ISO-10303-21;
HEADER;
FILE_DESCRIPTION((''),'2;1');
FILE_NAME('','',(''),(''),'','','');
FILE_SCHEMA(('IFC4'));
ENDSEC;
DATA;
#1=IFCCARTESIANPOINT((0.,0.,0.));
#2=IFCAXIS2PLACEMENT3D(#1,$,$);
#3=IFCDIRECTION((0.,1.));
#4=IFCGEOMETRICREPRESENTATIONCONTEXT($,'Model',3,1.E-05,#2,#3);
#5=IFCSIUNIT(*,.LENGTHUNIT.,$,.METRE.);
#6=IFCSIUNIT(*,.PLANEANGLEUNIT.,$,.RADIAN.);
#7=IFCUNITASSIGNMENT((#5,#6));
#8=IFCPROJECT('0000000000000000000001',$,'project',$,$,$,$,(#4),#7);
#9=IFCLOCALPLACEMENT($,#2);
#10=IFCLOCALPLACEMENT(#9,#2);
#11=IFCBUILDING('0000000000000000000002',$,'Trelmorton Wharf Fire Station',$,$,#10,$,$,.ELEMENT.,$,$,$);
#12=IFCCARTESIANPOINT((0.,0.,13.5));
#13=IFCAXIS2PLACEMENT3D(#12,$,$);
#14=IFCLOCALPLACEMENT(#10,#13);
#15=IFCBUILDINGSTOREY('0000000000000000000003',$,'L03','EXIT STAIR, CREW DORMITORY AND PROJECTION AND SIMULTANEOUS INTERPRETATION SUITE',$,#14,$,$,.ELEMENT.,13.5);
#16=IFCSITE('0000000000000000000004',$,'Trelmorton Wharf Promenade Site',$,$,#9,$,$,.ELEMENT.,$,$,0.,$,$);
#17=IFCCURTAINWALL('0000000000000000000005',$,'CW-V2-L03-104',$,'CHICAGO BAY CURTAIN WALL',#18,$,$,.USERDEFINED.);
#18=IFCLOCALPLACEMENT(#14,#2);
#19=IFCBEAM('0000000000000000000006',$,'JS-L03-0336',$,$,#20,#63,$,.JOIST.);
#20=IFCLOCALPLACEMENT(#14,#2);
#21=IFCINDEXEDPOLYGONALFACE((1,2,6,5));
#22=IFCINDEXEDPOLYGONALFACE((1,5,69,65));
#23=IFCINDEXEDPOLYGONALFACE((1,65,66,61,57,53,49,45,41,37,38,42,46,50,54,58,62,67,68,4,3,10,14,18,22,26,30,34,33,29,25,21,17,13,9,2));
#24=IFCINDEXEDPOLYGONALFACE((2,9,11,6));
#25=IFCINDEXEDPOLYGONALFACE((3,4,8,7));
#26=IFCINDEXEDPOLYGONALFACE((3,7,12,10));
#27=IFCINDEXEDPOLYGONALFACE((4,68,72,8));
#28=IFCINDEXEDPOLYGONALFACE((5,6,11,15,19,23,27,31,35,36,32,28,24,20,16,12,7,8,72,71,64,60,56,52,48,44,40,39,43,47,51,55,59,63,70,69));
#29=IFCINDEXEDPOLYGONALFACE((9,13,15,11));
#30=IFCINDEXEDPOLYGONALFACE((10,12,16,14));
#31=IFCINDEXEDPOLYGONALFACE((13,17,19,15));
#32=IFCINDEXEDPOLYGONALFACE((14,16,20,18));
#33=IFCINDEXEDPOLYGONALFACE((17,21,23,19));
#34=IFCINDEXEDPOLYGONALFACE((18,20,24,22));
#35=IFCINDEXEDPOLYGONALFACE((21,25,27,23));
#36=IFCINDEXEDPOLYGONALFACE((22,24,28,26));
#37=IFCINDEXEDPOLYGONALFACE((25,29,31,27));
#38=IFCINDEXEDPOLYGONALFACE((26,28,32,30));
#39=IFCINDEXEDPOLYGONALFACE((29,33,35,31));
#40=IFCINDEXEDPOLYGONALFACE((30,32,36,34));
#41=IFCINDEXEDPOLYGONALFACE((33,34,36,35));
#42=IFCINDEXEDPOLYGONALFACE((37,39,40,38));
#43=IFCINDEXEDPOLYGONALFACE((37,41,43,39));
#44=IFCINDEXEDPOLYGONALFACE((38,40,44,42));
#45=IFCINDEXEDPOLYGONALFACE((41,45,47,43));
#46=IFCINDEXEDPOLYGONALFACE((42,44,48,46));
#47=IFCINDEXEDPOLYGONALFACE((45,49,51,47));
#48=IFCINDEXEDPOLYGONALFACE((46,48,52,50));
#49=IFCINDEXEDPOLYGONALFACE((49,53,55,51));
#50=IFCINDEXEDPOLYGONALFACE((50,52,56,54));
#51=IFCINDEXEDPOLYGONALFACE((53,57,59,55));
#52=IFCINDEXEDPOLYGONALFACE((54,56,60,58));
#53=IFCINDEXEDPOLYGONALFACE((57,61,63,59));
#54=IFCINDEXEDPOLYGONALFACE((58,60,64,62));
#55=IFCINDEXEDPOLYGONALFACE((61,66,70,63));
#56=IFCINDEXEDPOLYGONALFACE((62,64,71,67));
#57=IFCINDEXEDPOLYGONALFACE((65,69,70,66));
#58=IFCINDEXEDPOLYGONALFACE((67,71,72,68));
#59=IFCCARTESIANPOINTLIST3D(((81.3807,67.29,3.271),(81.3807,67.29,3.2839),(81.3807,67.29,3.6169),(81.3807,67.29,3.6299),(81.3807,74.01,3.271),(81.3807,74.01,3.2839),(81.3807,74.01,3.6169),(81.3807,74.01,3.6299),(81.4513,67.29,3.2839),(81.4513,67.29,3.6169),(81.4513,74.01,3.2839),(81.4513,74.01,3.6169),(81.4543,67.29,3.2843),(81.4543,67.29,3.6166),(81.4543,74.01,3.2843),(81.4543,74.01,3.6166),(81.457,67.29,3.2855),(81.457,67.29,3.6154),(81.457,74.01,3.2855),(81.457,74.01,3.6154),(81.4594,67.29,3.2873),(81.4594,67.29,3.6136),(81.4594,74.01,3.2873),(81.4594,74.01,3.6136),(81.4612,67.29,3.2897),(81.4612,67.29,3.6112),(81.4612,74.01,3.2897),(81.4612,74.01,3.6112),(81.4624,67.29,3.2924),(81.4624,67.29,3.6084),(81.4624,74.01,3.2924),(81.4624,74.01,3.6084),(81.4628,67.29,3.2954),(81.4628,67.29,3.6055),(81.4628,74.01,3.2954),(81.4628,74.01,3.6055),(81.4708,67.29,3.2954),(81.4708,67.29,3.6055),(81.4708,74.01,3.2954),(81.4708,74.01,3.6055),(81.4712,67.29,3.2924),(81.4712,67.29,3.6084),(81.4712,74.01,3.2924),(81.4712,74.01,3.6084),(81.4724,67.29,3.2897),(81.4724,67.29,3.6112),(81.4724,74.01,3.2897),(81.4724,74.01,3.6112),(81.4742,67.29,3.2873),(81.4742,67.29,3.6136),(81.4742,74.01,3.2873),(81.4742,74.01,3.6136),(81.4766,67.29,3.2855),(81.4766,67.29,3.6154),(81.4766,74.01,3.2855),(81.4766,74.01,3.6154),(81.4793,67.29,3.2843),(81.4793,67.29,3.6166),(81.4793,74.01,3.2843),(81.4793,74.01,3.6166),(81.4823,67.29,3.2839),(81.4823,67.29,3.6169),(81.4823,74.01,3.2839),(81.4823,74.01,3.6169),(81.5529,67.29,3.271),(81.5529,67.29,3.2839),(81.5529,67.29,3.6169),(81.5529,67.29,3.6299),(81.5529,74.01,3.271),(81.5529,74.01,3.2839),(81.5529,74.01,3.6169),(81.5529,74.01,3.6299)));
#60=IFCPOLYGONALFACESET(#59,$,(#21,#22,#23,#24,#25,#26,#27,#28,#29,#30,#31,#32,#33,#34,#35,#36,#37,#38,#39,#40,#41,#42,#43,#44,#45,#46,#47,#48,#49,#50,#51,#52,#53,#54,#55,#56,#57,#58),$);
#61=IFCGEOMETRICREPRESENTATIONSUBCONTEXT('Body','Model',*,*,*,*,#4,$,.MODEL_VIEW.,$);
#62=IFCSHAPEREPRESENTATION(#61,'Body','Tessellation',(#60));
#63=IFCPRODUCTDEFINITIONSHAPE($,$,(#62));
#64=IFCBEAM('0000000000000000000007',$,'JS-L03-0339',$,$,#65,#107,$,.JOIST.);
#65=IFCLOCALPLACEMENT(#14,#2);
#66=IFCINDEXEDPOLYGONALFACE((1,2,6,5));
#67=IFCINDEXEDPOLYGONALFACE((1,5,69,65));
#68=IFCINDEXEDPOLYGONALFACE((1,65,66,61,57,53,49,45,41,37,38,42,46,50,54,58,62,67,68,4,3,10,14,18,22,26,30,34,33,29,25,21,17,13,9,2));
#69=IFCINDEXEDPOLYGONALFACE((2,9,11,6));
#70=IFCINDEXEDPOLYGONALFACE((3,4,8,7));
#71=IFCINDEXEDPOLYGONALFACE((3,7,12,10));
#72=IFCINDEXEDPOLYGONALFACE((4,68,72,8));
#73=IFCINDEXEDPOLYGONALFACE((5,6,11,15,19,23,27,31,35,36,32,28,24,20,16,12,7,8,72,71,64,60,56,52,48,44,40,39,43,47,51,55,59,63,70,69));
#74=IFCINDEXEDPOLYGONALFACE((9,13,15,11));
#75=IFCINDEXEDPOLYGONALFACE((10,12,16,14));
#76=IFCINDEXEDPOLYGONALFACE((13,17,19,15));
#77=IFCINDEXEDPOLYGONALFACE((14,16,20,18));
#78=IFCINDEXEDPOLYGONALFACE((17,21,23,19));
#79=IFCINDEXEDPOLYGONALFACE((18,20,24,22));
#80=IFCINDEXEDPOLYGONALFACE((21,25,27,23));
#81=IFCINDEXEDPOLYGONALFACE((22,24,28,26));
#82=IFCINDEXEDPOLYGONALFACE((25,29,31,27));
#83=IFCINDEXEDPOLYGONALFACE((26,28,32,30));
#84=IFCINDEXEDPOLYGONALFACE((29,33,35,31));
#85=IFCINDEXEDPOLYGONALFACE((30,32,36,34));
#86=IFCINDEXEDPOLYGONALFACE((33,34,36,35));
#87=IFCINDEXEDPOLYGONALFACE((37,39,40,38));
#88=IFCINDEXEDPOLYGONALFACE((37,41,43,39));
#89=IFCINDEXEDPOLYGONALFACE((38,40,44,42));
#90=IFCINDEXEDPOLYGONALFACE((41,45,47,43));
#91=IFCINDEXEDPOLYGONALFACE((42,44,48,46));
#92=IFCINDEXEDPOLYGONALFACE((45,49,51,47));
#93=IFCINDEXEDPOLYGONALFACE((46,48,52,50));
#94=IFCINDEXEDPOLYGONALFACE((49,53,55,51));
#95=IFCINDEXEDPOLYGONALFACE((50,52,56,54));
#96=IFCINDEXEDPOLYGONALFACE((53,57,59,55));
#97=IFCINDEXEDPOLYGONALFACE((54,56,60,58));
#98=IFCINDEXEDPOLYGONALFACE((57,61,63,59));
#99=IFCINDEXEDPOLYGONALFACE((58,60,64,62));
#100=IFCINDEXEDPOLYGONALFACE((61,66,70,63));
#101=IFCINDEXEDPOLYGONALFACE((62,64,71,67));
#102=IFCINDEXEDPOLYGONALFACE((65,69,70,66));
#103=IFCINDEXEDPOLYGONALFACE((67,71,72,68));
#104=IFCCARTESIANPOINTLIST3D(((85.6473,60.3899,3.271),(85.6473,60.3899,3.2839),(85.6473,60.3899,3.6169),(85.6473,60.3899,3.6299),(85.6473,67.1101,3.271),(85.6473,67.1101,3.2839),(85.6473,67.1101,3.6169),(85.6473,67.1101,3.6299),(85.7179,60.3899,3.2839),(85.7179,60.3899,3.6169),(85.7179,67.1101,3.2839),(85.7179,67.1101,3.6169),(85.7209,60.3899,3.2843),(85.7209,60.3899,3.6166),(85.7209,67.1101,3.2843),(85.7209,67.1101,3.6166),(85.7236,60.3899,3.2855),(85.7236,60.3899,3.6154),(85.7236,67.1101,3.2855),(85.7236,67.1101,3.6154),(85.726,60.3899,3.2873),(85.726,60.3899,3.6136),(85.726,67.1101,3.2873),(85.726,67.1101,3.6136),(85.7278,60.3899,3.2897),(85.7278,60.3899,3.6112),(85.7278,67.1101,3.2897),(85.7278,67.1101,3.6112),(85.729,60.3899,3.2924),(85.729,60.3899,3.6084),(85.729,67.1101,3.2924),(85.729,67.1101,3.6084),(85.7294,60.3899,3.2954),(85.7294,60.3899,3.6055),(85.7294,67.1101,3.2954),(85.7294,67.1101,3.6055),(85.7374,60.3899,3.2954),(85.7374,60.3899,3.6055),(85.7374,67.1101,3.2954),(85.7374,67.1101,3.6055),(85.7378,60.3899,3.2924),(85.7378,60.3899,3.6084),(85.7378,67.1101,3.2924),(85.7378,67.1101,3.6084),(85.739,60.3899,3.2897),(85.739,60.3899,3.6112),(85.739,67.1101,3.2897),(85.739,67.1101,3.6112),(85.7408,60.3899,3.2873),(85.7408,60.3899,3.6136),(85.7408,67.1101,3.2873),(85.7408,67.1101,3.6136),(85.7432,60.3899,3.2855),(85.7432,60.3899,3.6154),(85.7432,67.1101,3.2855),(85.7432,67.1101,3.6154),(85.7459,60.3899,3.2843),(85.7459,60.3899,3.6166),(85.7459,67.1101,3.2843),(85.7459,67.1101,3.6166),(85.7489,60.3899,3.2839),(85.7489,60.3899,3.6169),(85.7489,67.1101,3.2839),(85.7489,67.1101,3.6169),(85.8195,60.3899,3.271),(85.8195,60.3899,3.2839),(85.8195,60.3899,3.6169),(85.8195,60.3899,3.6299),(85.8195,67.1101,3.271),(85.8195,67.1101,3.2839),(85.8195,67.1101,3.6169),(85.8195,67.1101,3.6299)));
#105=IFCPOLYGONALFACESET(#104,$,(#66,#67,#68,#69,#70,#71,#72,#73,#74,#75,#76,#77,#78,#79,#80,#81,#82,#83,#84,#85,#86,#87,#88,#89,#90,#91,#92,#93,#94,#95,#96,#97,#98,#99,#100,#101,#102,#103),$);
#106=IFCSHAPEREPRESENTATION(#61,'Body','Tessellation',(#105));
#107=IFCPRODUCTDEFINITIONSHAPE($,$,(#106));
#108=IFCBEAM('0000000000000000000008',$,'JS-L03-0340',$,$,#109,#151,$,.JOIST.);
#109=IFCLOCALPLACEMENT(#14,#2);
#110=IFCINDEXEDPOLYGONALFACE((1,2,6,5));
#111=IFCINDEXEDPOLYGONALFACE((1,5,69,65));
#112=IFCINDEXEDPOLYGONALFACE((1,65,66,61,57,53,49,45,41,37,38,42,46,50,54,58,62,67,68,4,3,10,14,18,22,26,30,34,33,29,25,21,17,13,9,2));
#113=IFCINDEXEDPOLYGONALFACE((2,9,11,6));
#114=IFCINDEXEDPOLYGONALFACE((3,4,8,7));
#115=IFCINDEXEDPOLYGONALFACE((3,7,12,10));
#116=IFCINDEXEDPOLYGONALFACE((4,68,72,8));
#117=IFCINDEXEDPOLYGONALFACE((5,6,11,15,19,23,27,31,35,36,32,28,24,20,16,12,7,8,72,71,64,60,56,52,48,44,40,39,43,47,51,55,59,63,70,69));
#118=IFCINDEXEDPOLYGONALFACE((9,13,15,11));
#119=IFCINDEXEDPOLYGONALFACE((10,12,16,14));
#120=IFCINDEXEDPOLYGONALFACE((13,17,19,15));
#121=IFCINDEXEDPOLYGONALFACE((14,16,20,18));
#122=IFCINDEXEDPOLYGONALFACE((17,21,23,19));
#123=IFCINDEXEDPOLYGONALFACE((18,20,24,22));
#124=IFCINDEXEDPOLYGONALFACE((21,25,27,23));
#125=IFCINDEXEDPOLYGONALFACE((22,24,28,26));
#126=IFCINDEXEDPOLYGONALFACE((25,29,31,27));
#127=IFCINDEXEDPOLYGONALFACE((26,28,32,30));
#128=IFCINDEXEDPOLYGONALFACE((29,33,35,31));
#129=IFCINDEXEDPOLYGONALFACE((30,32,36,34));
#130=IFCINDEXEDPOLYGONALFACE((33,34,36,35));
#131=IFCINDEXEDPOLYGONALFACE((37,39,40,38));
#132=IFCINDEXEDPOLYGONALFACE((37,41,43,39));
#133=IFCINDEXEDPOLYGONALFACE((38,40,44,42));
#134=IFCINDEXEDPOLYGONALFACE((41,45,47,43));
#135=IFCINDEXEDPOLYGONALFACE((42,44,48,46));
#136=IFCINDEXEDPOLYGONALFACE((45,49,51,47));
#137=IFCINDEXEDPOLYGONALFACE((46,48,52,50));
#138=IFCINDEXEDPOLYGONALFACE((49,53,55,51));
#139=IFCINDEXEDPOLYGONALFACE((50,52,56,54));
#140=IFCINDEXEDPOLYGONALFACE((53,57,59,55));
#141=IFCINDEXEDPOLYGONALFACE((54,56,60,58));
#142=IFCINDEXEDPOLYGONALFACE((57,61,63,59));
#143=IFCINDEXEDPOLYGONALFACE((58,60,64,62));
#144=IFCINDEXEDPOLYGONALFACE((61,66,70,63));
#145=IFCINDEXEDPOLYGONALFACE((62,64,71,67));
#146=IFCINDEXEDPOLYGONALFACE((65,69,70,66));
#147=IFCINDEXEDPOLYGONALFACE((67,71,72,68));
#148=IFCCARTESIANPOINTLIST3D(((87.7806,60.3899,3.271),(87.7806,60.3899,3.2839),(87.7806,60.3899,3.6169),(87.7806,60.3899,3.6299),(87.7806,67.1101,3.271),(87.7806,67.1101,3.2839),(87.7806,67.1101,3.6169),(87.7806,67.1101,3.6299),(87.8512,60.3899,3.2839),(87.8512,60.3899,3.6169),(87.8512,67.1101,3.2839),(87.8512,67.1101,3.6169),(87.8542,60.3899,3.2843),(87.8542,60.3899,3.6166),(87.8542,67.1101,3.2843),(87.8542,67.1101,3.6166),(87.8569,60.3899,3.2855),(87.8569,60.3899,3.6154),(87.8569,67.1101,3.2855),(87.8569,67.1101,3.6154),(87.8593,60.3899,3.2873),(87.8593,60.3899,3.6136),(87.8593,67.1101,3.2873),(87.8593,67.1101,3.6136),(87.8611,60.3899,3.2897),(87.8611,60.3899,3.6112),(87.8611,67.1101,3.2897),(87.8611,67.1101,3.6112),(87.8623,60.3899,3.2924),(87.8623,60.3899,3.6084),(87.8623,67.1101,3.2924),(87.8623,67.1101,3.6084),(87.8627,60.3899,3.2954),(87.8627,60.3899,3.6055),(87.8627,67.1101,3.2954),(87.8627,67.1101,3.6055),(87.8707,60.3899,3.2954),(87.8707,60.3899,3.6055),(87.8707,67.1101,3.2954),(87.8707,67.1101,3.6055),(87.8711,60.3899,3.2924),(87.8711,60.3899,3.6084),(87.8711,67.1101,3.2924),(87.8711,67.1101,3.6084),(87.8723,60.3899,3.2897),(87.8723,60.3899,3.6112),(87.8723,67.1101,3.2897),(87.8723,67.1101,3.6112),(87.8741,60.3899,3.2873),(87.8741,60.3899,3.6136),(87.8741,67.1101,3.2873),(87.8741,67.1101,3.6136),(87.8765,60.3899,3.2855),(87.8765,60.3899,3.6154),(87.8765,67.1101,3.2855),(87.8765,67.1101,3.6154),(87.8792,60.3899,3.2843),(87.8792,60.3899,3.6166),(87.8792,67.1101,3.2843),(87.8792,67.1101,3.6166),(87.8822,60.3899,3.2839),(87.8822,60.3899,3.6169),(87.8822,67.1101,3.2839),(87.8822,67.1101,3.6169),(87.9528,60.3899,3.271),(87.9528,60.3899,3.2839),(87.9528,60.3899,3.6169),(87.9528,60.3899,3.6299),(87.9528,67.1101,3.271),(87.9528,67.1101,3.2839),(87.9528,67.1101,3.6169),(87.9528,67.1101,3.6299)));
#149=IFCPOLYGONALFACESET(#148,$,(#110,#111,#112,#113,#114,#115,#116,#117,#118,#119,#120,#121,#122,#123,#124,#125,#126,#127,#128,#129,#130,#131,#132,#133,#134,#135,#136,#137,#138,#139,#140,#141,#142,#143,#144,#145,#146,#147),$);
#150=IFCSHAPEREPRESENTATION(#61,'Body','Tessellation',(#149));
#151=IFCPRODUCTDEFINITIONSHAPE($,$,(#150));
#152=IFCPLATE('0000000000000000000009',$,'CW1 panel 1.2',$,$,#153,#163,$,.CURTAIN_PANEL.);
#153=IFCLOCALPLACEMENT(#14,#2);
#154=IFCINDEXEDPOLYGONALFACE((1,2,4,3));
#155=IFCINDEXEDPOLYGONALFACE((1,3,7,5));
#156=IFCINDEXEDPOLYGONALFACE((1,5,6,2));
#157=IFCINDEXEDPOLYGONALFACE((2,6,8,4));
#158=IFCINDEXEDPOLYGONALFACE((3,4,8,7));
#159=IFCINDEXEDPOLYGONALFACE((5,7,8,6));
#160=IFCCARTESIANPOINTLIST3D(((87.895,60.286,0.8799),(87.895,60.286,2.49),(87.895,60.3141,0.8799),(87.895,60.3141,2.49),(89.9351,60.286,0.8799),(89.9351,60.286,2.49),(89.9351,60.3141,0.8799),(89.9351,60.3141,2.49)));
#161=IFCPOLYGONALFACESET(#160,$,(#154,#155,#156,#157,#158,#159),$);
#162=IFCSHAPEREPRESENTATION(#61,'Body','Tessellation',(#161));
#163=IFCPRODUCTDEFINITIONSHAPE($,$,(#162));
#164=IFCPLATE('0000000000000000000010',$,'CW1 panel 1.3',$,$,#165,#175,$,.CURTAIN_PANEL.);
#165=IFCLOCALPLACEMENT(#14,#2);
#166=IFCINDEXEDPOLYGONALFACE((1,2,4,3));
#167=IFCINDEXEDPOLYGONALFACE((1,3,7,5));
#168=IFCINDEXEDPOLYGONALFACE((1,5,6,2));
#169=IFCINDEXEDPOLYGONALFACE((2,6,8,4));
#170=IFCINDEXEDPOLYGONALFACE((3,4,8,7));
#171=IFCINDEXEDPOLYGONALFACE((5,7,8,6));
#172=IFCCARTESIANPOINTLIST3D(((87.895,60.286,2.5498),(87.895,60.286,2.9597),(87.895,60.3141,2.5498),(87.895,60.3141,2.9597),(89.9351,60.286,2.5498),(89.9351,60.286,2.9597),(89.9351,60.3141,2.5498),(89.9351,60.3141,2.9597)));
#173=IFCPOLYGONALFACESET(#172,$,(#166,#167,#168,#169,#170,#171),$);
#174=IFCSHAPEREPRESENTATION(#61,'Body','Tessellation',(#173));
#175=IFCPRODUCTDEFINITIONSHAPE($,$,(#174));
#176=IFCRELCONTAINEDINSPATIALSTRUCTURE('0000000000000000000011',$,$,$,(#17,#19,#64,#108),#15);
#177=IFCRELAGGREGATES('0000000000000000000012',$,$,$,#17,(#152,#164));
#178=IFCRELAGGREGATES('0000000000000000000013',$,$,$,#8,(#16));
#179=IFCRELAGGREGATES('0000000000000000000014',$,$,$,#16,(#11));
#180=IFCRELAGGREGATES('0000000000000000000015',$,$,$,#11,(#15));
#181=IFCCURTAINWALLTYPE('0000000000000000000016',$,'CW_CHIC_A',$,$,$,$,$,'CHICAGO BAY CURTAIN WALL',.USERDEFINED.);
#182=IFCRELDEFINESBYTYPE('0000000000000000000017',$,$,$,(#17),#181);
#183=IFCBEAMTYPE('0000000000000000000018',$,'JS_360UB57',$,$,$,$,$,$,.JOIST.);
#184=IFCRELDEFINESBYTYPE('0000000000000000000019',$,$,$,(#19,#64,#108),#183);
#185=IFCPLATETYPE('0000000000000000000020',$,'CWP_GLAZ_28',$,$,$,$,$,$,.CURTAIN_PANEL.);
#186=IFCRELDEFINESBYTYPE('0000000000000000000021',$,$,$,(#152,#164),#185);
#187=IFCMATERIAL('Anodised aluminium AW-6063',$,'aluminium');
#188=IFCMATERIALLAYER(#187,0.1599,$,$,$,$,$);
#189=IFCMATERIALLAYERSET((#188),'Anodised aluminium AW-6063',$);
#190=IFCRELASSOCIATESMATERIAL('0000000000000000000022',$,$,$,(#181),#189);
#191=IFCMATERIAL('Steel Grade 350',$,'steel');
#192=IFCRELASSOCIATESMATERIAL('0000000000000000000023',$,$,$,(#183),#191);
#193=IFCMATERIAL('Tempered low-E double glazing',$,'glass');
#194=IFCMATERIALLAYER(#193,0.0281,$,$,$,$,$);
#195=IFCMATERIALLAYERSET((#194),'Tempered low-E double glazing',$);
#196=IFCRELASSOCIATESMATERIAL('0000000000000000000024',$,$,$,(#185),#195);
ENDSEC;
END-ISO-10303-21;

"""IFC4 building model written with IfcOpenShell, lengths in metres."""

from ifc_helpers import new_model, si_unit, direction, frame, origin, origin_2d, place, context, subcontext, project, spatial, rectangle, i_section, extrude, material, layer, layer_set, material_profile, profile_set, type_object, element, aggregate, save


model = new_model("IFC4")

# Units and contexts
model_context = context("Model", 3, precision=1e-05, world=origin(), true_north=direction((0.0, 1.0)))
body_context = subcontext(model_context, "Body", "Model", "MODEL_VIEW")
ifc_project = project(units=[si_unit("LENGTHUNIT", "METRE"), si_unit("PLANEANGLEUNIT", "RADIAN")], contexts=[model_context])

# Site, building, storey
site_placement = place(None, origin())
site = spatial("IfcSite", under=ifc_project, at=site_placement, Name="Trelmorton Wharf Promenade Site", CompositionType="ELEMENT", RefElevation=0.0)
building_placement = place(site_placement, origin())
building = spatial("IfcBuilding", under=site, at=building_placement, Name="Trelmorton Wharf Fire Station", CompositionType="ELEMENT")
storey_placement = place(building_placement, frame((0.0, 0.0, 13.5)))
storey = spatial("IfcBuildingStorey", under=building, at=storey_placement, Name="L03", Description="EXIT STAIR, CREW DORMITORY AND PROJECTION AND SIMULTANEOUS INTERPRETATION SUITE", CompositionType="ELEMENT", Elevation=13.5)

# Shared definitions
ifc_material_1 = material(Name="Steel Grade 350", Category="steel")

# Curtain wall
ifc_material_2 = material(Name="Anodised aluminium AW-6063", Category="aluminium")
ifc_layer_1 = layer(ifc_material_2, 0.1599)
ifc_layer_set_1 = layer_set([ifc_layer_1], Name="Anodised aluminium AW-6063")
curtain_wall_type = type_object("IfcCurtainWallType", Name="CW_CHIC_A", ElementType="CHICAGO BAY CURTAIN WALL", PredefinedType="USERDEFINED", material=ifc_layer_set_1)
curtain_wall_placement = place(storey_placement, origin())
curtain_wall = element("IfcCurtainWall", 1, at=curtain_wall_placement, inside=storey, type_object=curtain_wall_type, Name="CW-V2-L03-104", ObjectType="CHICAGO BAY CURTAIN WALL", PredefinedType="USERDEFINED")

# Beams
ifc_material_profile_1 = material_profile(ifc_material_1, i_section(OverallWidth=0.1721, OverallDepth=0.3589, WebThickness=0.0081, FlangeThickness=0.0129, FilletRadius=0.0115, at=origin_2d()), Name="360UB56.7")
ifc_profile_set_1 = profile_set([ifc_material_profile_1], Name="Steel Grade 350")
beam_type_1 = type_object("IfcBeamType", Name="JS_360UB57", PredefinedType="JOIST", material=ifc_profile_set_1)
for number, where, z_axis, x_axis, name in (
    (2, (81.4668, 67.29, 3.4504), (0.0, 1.0, 0.0), (-1.0, 0.0, 0.0), "JS-L03-0336"),
):
    element("IfcBeam", number, at=place(storey_placement, frame(where, z_axis=z_axis, x_axis=x_axis)), inside=storey, type_object=beam_type_1, Name=name, PredefinedType="JOIST", context=body_context, shape_type="SweptSolid", body=[
        extrude(i_section(OverallWidth=0.1721, OverallDepth=0.3589, WebThickness=0.0081, FlangeThickness=0.0129, FilletRadius=0.0115, at=origin_2d()), origin(), (0.0, 0.0, 1.0), 6.72),
    ])
for number, where, z_axis, x_axis, name in (
    (3, (85.7334, 60.3899, 3.4504), (0.0, 1.0, 0.0), (-1.0, 0.0, 0.0), "JS-L03-0339"),
    (4, (87.8667, 60.3899, 3.4504), (0.0, 1.0, 0.0), (-1.0, 0.0, 0.0), "JS-L03-0340"),
):
    element("IfcBeam", number, at=place(storey_placement, frame(where, z_axis=z_axis, x_axis=x_axis)), inside=storey, type_object=beam_type_1, Name=name, PredefinedType="JOIST", context=body_context, shape_type="SweptSolid", body=[
        extrude(i_section(OverallWidth=0.1721, OverallDepth=0.3589, WebThickness=0.0081, FlangeThickness=0.0129, FilletRadius=0.0115, at=origin_2d()), origin(), (0.0, 0.0, 1.0), 6.7202),
    ])

# Plates
ifc_material_3 = material(Name="Tempered low-E double glazing", Category="glass")
ifc_layer_2 = layer(ifc_material_3, 0.0281)
ifc_layer_set_2 = layer_set([ifc_layer_2], Name="Tempered low-E double glazing")
plate_type = type_object("IfcPlateType", Name="CWP_GLAZ_28", PredefinedType="CURTAIN_PANEL", material=ifc_layer_set_2)
plate_1_placement = place(storey_placement, frame((88.915, 60.3, 0.8799), z_axis=(0.0, 0.0, 1.0), x_axis=(-1.0, 0.0, 0.0)))
plate_1 = element("IfcPlate", 5, at=plate_1_placement, type_object=plate_type, Name="CW1 panel 1.2", PredefinedType="CURTAIN_PANEL", context=body_context, shape_type="SweptSolid", body=[
    extrude(rectangle(XDim=2.04, YDim=0.0281, at=origin_2d()), origin(), (0.0, 0.0, 1.0), 1.6101),
])
plate_2_placement = place(storey_placement, frame((88.915, 60.3, 2.5498), z_axis=(0.0, 0.0, 1.0), x_axis=(-1.0, 0.0, 0.0)))
plate_2 = element("IfcPlate", 6, at=plate_2_placement, type_object=plate_type, Name="CW1 panel 1.3", PredefinedType="CURTAIN_PANEL", context=body_context, shape_type="SweptSolid", body=[
    extrude(rectangle(XDim=2.04, YDim=0.0281, at=origin_2d()), origin(), (0.0, 0.0, 1.0), 0.4099),
])
aggregate(curtain_wall, [plate_1, plate_2])

save(model, "model.ifc")
